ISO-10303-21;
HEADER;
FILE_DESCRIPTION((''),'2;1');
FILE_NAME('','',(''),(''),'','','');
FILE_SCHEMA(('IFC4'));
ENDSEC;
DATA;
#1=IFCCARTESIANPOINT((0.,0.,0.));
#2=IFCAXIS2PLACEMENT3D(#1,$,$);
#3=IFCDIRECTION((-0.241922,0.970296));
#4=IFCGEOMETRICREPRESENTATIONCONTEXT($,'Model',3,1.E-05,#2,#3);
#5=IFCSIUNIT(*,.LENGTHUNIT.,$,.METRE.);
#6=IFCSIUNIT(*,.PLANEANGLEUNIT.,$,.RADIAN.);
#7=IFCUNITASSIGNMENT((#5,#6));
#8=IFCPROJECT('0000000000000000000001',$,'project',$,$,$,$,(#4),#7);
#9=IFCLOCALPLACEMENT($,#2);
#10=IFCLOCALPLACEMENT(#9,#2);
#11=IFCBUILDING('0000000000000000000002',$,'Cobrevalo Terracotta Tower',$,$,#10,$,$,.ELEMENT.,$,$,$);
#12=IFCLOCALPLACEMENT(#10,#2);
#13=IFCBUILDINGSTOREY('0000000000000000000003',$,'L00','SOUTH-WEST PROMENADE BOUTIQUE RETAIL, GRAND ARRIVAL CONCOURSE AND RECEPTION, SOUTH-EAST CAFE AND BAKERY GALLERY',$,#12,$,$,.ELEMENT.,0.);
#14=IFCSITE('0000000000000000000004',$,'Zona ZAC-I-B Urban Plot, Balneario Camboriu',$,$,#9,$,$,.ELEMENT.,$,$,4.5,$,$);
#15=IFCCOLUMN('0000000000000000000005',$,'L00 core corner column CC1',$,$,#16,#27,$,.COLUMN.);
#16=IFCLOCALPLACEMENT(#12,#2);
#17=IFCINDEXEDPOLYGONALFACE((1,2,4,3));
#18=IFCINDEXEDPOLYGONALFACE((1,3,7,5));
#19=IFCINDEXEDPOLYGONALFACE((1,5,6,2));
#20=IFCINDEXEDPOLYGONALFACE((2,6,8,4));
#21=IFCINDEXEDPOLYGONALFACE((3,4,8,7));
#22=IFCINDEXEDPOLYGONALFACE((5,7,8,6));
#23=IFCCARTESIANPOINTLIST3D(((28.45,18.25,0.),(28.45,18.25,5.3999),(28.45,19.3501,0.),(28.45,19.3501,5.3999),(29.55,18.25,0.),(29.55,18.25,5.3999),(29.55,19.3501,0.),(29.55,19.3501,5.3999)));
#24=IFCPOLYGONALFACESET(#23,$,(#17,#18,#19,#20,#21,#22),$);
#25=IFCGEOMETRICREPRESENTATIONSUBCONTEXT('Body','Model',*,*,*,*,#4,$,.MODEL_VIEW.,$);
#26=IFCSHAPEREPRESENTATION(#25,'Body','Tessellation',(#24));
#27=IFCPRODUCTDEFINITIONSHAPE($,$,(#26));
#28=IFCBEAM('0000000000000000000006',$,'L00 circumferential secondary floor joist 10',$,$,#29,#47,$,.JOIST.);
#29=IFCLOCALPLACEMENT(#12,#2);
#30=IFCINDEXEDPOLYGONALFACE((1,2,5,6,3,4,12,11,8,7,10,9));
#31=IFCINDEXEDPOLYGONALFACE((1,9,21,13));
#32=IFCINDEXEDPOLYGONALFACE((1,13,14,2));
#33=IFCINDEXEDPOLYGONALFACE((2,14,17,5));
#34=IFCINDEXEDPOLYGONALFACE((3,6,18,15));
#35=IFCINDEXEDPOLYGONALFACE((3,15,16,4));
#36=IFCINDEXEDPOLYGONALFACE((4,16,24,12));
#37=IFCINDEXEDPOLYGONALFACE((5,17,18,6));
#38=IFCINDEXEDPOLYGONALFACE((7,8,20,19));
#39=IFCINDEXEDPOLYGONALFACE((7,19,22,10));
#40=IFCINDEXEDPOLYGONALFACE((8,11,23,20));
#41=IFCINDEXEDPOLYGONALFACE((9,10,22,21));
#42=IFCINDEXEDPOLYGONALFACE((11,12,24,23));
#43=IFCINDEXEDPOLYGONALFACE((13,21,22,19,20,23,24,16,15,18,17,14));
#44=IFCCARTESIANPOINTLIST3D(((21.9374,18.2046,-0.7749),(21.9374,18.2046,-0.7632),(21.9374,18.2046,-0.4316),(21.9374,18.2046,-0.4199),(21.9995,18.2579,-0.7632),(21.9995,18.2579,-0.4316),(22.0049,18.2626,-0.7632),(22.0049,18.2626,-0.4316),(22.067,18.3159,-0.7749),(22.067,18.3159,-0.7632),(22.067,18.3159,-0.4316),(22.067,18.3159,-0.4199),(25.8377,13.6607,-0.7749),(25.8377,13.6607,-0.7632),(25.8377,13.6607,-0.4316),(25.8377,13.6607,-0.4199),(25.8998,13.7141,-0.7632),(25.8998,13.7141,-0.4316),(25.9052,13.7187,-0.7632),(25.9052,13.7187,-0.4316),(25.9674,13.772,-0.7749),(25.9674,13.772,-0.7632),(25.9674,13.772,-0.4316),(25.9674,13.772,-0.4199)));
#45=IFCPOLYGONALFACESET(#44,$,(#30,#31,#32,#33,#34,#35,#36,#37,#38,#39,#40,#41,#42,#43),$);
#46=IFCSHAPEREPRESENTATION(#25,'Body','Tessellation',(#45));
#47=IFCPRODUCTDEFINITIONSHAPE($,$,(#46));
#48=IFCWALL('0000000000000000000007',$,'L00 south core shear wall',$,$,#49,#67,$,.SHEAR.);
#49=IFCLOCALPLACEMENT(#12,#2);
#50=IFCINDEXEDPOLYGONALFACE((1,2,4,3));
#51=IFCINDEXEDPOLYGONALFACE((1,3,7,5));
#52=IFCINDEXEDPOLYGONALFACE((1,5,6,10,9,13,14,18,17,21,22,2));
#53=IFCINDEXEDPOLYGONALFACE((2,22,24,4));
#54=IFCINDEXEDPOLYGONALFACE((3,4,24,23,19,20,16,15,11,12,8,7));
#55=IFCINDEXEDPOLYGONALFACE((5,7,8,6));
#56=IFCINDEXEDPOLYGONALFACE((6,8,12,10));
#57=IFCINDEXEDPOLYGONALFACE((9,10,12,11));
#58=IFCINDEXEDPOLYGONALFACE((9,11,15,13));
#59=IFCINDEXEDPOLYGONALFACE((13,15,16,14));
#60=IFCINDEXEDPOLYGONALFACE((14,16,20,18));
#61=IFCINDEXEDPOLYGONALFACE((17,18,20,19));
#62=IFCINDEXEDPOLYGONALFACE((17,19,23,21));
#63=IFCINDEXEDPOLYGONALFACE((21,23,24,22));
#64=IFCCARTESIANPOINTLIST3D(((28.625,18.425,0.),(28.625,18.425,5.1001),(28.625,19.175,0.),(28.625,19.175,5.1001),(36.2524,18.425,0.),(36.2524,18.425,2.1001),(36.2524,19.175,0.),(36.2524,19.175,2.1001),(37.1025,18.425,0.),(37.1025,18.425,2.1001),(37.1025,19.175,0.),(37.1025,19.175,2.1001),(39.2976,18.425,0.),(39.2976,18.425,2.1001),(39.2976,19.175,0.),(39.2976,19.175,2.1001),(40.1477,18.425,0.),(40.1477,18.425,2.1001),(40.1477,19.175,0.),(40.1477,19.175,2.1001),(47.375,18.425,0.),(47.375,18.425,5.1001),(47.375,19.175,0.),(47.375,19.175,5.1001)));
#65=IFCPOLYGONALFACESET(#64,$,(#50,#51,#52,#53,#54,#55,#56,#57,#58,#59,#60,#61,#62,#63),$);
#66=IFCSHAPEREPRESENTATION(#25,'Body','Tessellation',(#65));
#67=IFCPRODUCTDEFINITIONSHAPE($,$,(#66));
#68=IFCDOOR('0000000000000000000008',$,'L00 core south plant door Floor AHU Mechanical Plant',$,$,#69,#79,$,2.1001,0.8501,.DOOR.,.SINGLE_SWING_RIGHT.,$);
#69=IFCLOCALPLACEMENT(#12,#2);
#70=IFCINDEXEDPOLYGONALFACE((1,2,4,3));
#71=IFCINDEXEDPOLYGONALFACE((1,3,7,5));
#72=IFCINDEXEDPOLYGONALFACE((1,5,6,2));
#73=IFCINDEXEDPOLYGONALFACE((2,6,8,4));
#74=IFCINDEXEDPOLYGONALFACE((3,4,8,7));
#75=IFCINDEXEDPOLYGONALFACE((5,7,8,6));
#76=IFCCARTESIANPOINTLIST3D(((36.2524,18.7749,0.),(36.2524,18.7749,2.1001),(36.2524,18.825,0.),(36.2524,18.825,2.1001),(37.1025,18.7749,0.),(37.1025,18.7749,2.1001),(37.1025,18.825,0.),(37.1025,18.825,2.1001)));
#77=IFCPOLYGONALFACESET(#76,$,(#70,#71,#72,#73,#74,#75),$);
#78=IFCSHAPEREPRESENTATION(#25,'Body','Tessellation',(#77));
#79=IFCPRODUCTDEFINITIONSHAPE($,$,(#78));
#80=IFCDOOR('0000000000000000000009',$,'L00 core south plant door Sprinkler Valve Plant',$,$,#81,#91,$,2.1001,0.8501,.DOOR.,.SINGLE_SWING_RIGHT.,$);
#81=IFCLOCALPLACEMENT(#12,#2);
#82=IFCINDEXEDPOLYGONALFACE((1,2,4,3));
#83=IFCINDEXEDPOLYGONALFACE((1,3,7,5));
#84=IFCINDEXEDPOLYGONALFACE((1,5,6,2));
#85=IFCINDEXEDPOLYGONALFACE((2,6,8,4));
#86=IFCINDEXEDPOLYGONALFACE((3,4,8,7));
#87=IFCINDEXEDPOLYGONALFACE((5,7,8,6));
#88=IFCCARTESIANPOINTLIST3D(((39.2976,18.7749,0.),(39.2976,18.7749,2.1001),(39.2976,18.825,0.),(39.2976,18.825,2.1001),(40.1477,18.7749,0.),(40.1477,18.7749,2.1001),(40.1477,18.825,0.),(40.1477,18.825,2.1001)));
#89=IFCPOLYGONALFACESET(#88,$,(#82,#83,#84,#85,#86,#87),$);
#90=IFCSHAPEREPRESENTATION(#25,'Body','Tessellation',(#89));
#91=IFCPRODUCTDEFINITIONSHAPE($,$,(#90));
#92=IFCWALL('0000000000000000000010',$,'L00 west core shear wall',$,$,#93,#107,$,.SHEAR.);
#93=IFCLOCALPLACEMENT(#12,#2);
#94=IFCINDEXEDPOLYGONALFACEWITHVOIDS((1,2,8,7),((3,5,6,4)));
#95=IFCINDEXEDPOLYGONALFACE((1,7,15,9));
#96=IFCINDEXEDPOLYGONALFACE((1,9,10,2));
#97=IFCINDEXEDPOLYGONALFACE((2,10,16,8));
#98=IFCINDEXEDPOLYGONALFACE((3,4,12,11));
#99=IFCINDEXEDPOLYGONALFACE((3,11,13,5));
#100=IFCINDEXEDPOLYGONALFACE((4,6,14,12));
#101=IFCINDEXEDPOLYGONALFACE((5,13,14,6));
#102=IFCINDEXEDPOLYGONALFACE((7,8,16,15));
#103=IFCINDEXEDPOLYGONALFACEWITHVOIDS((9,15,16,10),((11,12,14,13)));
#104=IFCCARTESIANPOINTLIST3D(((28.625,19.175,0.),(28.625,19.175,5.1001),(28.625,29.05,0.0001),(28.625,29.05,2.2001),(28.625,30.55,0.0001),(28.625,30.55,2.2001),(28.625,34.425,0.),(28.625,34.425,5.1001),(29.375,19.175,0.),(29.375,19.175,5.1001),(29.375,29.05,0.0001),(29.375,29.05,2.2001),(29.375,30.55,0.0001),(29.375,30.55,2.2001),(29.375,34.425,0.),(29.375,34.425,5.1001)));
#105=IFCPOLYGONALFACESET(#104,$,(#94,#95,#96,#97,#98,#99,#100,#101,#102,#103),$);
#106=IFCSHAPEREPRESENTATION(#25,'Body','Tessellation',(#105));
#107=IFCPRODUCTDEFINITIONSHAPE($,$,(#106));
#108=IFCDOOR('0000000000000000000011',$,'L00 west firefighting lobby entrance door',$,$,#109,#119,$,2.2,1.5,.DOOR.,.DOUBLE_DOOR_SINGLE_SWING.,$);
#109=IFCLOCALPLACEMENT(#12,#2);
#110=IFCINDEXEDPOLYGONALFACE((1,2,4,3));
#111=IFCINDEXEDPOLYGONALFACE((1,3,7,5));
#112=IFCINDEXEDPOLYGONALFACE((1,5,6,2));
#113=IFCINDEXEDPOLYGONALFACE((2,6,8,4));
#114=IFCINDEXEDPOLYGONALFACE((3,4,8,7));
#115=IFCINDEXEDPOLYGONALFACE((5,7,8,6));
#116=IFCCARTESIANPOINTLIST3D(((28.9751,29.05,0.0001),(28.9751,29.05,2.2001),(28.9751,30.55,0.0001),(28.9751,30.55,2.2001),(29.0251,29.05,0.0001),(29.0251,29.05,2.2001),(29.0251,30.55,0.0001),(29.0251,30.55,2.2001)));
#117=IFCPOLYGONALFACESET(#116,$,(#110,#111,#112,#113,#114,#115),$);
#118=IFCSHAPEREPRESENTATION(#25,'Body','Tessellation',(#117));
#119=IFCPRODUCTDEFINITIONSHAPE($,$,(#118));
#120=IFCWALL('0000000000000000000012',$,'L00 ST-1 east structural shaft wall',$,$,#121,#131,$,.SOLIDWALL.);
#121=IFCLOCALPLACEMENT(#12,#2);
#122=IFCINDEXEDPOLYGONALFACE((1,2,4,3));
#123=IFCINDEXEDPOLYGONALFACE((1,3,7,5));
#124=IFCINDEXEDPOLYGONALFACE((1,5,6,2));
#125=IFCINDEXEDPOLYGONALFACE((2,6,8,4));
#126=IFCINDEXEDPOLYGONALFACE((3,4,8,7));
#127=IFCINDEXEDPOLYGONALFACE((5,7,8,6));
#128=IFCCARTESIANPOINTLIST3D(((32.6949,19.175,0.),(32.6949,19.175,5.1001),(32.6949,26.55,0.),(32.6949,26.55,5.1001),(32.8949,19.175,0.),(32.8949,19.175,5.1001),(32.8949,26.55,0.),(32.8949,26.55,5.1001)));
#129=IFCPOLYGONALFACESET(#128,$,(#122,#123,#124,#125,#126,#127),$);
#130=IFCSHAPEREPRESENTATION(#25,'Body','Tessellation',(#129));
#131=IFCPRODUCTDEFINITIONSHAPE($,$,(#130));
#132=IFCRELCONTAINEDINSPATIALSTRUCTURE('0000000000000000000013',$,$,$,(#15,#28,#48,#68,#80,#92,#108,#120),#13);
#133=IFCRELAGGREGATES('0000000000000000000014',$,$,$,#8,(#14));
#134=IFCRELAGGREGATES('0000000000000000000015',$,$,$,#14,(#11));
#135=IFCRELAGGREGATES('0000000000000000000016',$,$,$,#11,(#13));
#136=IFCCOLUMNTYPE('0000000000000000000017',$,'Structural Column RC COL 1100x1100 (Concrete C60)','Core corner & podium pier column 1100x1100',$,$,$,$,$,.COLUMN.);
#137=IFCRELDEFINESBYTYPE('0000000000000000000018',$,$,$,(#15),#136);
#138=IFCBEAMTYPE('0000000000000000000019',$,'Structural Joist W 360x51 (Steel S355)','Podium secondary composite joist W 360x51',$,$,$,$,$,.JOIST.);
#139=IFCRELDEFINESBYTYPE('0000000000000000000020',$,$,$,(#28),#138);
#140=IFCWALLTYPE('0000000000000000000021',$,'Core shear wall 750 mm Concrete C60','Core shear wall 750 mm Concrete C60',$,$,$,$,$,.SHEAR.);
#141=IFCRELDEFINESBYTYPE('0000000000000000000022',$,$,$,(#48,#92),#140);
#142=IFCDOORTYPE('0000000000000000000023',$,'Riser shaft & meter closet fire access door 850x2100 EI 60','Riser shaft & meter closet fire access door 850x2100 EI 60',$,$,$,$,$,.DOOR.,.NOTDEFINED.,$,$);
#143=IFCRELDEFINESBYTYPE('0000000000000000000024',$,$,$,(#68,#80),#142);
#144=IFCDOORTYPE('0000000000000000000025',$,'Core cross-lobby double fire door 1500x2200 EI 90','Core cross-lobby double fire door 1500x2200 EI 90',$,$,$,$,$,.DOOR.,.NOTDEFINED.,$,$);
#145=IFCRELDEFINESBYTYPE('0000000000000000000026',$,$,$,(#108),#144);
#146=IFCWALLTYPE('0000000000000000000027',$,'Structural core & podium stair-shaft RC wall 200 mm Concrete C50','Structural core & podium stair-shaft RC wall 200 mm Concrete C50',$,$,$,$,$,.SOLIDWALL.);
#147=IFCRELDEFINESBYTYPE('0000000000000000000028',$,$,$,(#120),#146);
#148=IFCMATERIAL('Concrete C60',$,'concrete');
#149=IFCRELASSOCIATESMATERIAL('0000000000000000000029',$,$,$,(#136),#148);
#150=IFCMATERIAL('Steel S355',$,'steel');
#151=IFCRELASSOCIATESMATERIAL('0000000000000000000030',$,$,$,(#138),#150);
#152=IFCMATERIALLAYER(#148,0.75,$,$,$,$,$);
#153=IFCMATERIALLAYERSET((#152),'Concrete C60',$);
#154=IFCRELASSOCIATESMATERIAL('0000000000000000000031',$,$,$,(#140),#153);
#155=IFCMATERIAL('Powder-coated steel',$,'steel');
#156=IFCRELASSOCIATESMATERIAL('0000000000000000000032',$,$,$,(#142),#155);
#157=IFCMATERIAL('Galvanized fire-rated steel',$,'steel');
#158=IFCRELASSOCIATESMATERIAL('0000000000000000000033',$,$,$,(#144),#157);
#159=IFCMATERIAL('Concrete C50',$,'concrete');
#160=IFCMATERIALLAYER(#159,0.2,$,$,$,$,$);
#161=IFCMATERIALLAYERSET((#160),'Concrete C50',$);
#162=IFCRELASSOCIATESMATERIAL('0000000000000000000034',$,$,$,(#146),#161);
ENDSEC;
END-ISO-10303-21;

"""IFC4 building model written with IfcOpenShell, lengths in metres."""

from ifc_helpers import new_model, si_unit, direction, frame, frame_2d, origin, origin_2d, place, context, subcontext, project, spatial, rectangle, i_section, extrude, source, transform, mapped, material, layer, layer_set, material_profile, profile_set, type_object, element, fill, save


model = new_model("IFC4")

# Units and contexts
model_context = context("Model", 3, precision=1e-05, world=origin(), true_north=direction((-0.241922, 0.970296)))
body_context = subcontext(model_context, "Body", "Model", "MODEL_VIEW")
ifc_project = project(units=[si_unit("LENGTHUNIT", "METRE"), si_unit("PLANEANGLEUNIT", "RADIAN")], contexts=[model_context])

# Site, building, storey
site_placement = place(None, origin())
site = spatial("IfcSite", under=ifc_project, at=site_placement, Name="Zona ZAC-I-B Urban Plot, Balneario Camboriu", CompositionType="ELEMENT", RefElevation=4.5)
building_placement = place(site_placement, origin())
building = spatial("IfcBuilding", under=site, at=building_placement, Name="Cobrevalo Terracotta Tower", CompositionType="ELEMENT")
storey_placement = place(building_placement, origin())
storey = spatial("IfcBuildingStorey", under=building, at=storey_placement, Name="L00", Description="SOUTH-WEST PROMENADE BOUTIQUE RETAIL, GRAND ARRIVAL CONCOURSE AND RECEPTION, SOUTH-EAST CAFE AND BAKERY GALLERY", CompositionType="ELEMENT", Elevation=0.0)

# Column
ifc_material_1 = material(Name="Concrete C60", Category="concrete")
ifc_material_profile_1 = material_profile(ifc_material_1, rectangle(XDim=1.1001, YDim=1.1001, at=origin_2d()), Name="RC COL 1100x1100")
ifc_profile_set_1 = profile_set([ifc_material_profile_1], Name="Concrete C60")
column_type = type_object("IfcColumnType", Name="Structural Column RC COL 1100x1100 (Concrete C60)", Description="Core corner & podium pier column 1100x1100", PredefinedType="COLUMN", material=ifc_profile_set_1)
column_placement = place(storey_placement, frame((29.0, 18.8, 0.0), z_axis=(0.0, 0.0, 1.0), x_axis=(1.0, 0.0, 0.0)))
element("IfcColumn", 1, at=column_placement, inside=storey, type_object=column_type, Name="L00 core corner column CC1", PredefinedType="COLUMN", context=body_context, shape_type="SweptSolid", body=[
    extrude(rectangle(XDim=1.1001, YDim=1.1001, at=origin_2d()), origin(), (0.0, 0.0, 1.0), 5.3999),
])

# Beam
ifc_material_2 = material(Name="Steel S355", Category="steel")
ifc_material_profile_2 = material_profile(ifc_material_2, i_section(OverallWidth=0.1709, OverallDepth=0.355, WebThickness=0.0071, FlangeThickness=0.0117, at=origin_2d()), Name="W 360x51")
ifc_profile_set_2 = profile_set([ifc_material_profile_2], Name="Steel S355")
beam_type = type_object("IfcBeamType", Name="Structural Joist W 360x51 (Steel S355)", Description="Podium secondary composite joist W 360x51", PredefinedType="JOIST", material=ifc_profile_set_2)
beam_placement = place(storey_placement, frame((22.0022, 18.2603, -0.5974), z_axis=(0.651328, -0.758796, 0.0), x_axis=(0.758796, 0.651328, 0.0)))
element("IfcBeam", 2, at=beam_placement, inside=storey, type_object=beam_type, Name="L00 circumferential secondary floor joist 10", PredefinedType="JOIST", context=body_context, shape_type="SweptSolid", body=[
    extrude(i_section(OverallWidth=0.1709, OverallDepth=0.355, WebThickness=0.0071, FlangeThickness=0.0117, at=origin_2d()), origin(), (0.0, 0.0, 1.0), 5.9883),
])

# Wall, openings, doors
ifc_layer_1 = layer(ifc_material_1, 0.75)
ifc_layer_set_1 = layer_set([ifc_layer_1], Name="Concrete C60")
wall_type_1 = type_object("IfcWallType", Name="Core shear wall 750 mm Concrete C60", Description="Core shear wall 750 mm Concrete C60", PredefinedType="SHEAR", material=ifc_layer_set_1)
wall_1_placement = place(storey_placement, frame((28.625, 18.8, 0.0), z_axis=(0.0, 0.0, 1.0), x_axis=(1.0, 0.0, 0.0)))
wall_1 = element("IfcWall", 3, at=wall_1_placement, inside=storey, type_object=wall_type_1, Name="L00 south core shear wall", PredefinedType="SHEAR", context=body_context, shape_type="SweptSolid", body=[
    extrude(rectangle(XDim=18.75, YDim=0.75, at=frame_2d((9.375, 0.0))), origin(), (0.0, 0.0, 1.0), 5.1001),
])
opening_1_placement = place(wall_1_placement, frame((7.6274, 0.0, 0.0)))
opening_1 = element("IfcOpeningElement", 4, at=opening_1_placement, cuts=wall_1, PredefinedType="OPENING", context=body_context, shape_type="SweptSolid", body=[
    extrude(rectangle(XDim=0.8501, YDim=2.1001, at=frame_2d((0.425, 1.05))), frame((0.0, 0.385, 0.0), z_axis=(0.0, -1.0, 0.0), x_axis=(1.0, 0.0, 0.0)), (0.0, 0.0, 1.0), 0.77),
])
opening_2_placement = place(wall_1_placement, frame((10.6726, 0.0, 0.0)))
opening_2 = element("IfcOpeningElement", 5, at=opening_2_placement, cuts=wall_1, PredefinedType="OPENING", context=body_context, shape_type="SweptSolid", body=[
    extrude(rectangle(XDim=0.8501, YDim=2.1001, at=frame_2d((0.425, 1.05))), frame((0.0, 0.385, 0.0), z_axis=(0.0, -1.0, 0.0), x_axis=(1.0, 0.0, 0.0)), (0.0, 0.0, 1.0), 0.77),
])
ifc_material_3 = material(Name="Powder-coated steel", Category="steel")
door_type_1 = type_object("IfcDoorType", Name="Riser shaft & meter closet fire access door 850x2100 EI 60", Description="Riser shaft & meter closet fire access door 850x2100 EI 60", OperationType="NOTDEFINED", PredefinedType="DOOR", material=ifc_material_3)
shared_shape_1 = source(origin(), body_context, "Body", "SweptSolid", [
    extrude(rectangle(XDim=0.8501, YDim=2.1001, at=frame_2d((0.425, 1.05))), frame((0.0, 0.0249, 0.0), z_axis=(0.0, -1.0, 0.0), x_axis=(1.0, 0.0, 0.0)), (0.0, 0.0, 1.0), 0.05),
])
door_1_placement = place(opening_1_placement, origin())
door_1 = element("IfcDoor", 6, at=door_1_placement, inside=storey, type_object=door_type_1, Name="L00 core south plant door Floor AHU Mechanical Plant", OperationType="SINGLE_SWING_RIGHT", OverallHeight=2.1001, OverallWidth=0.8501, PredefinedType="DOOR", context=body_context, shape_type="MappedRepresentation", body=[
    mapped(shared_shape_1, transform((0.0, 0.0, 0.0), scale=1.0)),
])
fill(opening_1, door_1)
door_2_placement = place(opening_2_placement, origin())
door_2 = element("IfcDoor", 7, at=door_2_placement, inside=storey, type_object=door_type_1, Name="L00 core south plant door Sprinkler Valve Plant", OperationType="SINGLE_SWING_RIGHT", OverallHeight=2.1001, OverallWidth=0.8501, PredefinedType="DOOR", context=body_context, shape_type="MappedRepresentation", body=[
    mapped(shared_shape_1, transform((0.0, 0.0, 0.0), scale=1.0)),
])
fill(opening_2, door_2)

# Wall, opening, door
wall_2_placement = place(storey_placement, frame((29.0, 19.175, 0.0), z_axis=(0.0, 0.0, 1.0), x_axis=(0.0, 1.0, 0.0)))
wall_2 = element("IfcWall", 8, at=wall_2_placement, inside=storey, type_object=wall_type_1, Name="L00 west core shear wall", PredefinedType="SHEAR", context=body_context, shape_type="SweptSolid", body=[
    extrude(rectangle(XDim=15.25, YDim=0.75, at=frame_2d((7.625, 0.0))), origin(), (0.0, 0.0, 1.0), 5.1001),
])
opening_3_placement = place(wall_2_placement, frame((9.875, 0.0, 0.0)))
opening_3 = element("IfcOpeningElement", 9, at=opening_3_placement, cuts=wall_2, PredefinedType="OPENING", context=body_context, shape_type="SweptSolid", body=[
    extrude(rectangle(XDim=1.5, YDim=2.2, at=frame_2d((0.75, 1.1001))), frame((0.0, 0.385, 0.0), z_axis=(0.0, -1.0, 0.0), x_axis=(1.0, 0.0, 0.0)), (0.0, 0.0, 1.0), 0.77),
])
ifc_material_4 = material(Name="Galvanized fire-rated steel", Category="steel")
door_type_2 = type_object("IfcDoorType", Name="Core cross-lobby double fire door 1500x2200 EI 90", Description="Core cross-lobby double fire door 1500x2200 EI 90", OperationType="NOTDEFINED", PredefinedType="DOOR", material=ifc_material_4)
shared_shape_2 = source(origin(), body_context, "Body", "SweptSolid", [
    extrude(rectangle(XDim=1.5, YDim=2.2, at=frame_2d((0.75, 1.1001))), frame((0.0, 0.0249, 0.0), z_axis=(0.0, -1.0, 0.0), x_axis=(1.0, 0.0, 0.0)), (0.0, 0.0, 1.0), 0.05),
])
door_3_placement = place(opening_3_placement, origin())
door_3 = element("IfcDoor", 10, at=door_3_placement, inside=storey, type_object=door_type_2, Name="L00 west firefighting lobby entrance door", OperationType="DOUBLE_DOOR_SINGLE_SWING", OverallHeight=2.2, OverallWidth=1.5, PredefinedType="DOOR", context=body_context, shape_type="MappedRepresentation", body=[
    mapped(shared_shape_2, transform((0.0, 0.0, 0.0), scale=1.0)),
])
fill(opening_3, door_3)

# Wall
ifc_material_5 = material(Name="Concrete C50", Category="concrete")
ifc_layer_2 = layer(ifc_material_5, 0.2)
ifc_layer_set_2 = layer_set([ifc_layer_2], Name="Concrete C50")
wall_type_2 = type_object("IfcWallType", Name="Structural core & podium stair-shaft RC wall 200 mm Concrete C50", Description="Structural core & podium stair-shaft RC wall 200 mm Concrete C50", PredefinedType="SOLIDWALL", material=ifc_layer_set_2)
wall_3_placement = place(storey_placement, frame((32.7949, 19.175, 0.0), z_axis=(0.0, 0.0, 1.0), x_axis=(0.0, 1.0, 0.0)))
element("IfcWall", 11, at=wall_3_placement, inside=storey, type_object=wall_type_2, Name="L00 ST-1 east structural shaft wall", PredefinedType="SOLIDWALL", context=body_context, shape_type="SweptSolid", body=[
    extrude(rectangle(XDim=7.375, YDim=0.2, at=frame_2d((3.6875, 0.0))), origin(), (0.0, 0.0, 1.0), 5.1001),
])

save(model, "model.ifc")
